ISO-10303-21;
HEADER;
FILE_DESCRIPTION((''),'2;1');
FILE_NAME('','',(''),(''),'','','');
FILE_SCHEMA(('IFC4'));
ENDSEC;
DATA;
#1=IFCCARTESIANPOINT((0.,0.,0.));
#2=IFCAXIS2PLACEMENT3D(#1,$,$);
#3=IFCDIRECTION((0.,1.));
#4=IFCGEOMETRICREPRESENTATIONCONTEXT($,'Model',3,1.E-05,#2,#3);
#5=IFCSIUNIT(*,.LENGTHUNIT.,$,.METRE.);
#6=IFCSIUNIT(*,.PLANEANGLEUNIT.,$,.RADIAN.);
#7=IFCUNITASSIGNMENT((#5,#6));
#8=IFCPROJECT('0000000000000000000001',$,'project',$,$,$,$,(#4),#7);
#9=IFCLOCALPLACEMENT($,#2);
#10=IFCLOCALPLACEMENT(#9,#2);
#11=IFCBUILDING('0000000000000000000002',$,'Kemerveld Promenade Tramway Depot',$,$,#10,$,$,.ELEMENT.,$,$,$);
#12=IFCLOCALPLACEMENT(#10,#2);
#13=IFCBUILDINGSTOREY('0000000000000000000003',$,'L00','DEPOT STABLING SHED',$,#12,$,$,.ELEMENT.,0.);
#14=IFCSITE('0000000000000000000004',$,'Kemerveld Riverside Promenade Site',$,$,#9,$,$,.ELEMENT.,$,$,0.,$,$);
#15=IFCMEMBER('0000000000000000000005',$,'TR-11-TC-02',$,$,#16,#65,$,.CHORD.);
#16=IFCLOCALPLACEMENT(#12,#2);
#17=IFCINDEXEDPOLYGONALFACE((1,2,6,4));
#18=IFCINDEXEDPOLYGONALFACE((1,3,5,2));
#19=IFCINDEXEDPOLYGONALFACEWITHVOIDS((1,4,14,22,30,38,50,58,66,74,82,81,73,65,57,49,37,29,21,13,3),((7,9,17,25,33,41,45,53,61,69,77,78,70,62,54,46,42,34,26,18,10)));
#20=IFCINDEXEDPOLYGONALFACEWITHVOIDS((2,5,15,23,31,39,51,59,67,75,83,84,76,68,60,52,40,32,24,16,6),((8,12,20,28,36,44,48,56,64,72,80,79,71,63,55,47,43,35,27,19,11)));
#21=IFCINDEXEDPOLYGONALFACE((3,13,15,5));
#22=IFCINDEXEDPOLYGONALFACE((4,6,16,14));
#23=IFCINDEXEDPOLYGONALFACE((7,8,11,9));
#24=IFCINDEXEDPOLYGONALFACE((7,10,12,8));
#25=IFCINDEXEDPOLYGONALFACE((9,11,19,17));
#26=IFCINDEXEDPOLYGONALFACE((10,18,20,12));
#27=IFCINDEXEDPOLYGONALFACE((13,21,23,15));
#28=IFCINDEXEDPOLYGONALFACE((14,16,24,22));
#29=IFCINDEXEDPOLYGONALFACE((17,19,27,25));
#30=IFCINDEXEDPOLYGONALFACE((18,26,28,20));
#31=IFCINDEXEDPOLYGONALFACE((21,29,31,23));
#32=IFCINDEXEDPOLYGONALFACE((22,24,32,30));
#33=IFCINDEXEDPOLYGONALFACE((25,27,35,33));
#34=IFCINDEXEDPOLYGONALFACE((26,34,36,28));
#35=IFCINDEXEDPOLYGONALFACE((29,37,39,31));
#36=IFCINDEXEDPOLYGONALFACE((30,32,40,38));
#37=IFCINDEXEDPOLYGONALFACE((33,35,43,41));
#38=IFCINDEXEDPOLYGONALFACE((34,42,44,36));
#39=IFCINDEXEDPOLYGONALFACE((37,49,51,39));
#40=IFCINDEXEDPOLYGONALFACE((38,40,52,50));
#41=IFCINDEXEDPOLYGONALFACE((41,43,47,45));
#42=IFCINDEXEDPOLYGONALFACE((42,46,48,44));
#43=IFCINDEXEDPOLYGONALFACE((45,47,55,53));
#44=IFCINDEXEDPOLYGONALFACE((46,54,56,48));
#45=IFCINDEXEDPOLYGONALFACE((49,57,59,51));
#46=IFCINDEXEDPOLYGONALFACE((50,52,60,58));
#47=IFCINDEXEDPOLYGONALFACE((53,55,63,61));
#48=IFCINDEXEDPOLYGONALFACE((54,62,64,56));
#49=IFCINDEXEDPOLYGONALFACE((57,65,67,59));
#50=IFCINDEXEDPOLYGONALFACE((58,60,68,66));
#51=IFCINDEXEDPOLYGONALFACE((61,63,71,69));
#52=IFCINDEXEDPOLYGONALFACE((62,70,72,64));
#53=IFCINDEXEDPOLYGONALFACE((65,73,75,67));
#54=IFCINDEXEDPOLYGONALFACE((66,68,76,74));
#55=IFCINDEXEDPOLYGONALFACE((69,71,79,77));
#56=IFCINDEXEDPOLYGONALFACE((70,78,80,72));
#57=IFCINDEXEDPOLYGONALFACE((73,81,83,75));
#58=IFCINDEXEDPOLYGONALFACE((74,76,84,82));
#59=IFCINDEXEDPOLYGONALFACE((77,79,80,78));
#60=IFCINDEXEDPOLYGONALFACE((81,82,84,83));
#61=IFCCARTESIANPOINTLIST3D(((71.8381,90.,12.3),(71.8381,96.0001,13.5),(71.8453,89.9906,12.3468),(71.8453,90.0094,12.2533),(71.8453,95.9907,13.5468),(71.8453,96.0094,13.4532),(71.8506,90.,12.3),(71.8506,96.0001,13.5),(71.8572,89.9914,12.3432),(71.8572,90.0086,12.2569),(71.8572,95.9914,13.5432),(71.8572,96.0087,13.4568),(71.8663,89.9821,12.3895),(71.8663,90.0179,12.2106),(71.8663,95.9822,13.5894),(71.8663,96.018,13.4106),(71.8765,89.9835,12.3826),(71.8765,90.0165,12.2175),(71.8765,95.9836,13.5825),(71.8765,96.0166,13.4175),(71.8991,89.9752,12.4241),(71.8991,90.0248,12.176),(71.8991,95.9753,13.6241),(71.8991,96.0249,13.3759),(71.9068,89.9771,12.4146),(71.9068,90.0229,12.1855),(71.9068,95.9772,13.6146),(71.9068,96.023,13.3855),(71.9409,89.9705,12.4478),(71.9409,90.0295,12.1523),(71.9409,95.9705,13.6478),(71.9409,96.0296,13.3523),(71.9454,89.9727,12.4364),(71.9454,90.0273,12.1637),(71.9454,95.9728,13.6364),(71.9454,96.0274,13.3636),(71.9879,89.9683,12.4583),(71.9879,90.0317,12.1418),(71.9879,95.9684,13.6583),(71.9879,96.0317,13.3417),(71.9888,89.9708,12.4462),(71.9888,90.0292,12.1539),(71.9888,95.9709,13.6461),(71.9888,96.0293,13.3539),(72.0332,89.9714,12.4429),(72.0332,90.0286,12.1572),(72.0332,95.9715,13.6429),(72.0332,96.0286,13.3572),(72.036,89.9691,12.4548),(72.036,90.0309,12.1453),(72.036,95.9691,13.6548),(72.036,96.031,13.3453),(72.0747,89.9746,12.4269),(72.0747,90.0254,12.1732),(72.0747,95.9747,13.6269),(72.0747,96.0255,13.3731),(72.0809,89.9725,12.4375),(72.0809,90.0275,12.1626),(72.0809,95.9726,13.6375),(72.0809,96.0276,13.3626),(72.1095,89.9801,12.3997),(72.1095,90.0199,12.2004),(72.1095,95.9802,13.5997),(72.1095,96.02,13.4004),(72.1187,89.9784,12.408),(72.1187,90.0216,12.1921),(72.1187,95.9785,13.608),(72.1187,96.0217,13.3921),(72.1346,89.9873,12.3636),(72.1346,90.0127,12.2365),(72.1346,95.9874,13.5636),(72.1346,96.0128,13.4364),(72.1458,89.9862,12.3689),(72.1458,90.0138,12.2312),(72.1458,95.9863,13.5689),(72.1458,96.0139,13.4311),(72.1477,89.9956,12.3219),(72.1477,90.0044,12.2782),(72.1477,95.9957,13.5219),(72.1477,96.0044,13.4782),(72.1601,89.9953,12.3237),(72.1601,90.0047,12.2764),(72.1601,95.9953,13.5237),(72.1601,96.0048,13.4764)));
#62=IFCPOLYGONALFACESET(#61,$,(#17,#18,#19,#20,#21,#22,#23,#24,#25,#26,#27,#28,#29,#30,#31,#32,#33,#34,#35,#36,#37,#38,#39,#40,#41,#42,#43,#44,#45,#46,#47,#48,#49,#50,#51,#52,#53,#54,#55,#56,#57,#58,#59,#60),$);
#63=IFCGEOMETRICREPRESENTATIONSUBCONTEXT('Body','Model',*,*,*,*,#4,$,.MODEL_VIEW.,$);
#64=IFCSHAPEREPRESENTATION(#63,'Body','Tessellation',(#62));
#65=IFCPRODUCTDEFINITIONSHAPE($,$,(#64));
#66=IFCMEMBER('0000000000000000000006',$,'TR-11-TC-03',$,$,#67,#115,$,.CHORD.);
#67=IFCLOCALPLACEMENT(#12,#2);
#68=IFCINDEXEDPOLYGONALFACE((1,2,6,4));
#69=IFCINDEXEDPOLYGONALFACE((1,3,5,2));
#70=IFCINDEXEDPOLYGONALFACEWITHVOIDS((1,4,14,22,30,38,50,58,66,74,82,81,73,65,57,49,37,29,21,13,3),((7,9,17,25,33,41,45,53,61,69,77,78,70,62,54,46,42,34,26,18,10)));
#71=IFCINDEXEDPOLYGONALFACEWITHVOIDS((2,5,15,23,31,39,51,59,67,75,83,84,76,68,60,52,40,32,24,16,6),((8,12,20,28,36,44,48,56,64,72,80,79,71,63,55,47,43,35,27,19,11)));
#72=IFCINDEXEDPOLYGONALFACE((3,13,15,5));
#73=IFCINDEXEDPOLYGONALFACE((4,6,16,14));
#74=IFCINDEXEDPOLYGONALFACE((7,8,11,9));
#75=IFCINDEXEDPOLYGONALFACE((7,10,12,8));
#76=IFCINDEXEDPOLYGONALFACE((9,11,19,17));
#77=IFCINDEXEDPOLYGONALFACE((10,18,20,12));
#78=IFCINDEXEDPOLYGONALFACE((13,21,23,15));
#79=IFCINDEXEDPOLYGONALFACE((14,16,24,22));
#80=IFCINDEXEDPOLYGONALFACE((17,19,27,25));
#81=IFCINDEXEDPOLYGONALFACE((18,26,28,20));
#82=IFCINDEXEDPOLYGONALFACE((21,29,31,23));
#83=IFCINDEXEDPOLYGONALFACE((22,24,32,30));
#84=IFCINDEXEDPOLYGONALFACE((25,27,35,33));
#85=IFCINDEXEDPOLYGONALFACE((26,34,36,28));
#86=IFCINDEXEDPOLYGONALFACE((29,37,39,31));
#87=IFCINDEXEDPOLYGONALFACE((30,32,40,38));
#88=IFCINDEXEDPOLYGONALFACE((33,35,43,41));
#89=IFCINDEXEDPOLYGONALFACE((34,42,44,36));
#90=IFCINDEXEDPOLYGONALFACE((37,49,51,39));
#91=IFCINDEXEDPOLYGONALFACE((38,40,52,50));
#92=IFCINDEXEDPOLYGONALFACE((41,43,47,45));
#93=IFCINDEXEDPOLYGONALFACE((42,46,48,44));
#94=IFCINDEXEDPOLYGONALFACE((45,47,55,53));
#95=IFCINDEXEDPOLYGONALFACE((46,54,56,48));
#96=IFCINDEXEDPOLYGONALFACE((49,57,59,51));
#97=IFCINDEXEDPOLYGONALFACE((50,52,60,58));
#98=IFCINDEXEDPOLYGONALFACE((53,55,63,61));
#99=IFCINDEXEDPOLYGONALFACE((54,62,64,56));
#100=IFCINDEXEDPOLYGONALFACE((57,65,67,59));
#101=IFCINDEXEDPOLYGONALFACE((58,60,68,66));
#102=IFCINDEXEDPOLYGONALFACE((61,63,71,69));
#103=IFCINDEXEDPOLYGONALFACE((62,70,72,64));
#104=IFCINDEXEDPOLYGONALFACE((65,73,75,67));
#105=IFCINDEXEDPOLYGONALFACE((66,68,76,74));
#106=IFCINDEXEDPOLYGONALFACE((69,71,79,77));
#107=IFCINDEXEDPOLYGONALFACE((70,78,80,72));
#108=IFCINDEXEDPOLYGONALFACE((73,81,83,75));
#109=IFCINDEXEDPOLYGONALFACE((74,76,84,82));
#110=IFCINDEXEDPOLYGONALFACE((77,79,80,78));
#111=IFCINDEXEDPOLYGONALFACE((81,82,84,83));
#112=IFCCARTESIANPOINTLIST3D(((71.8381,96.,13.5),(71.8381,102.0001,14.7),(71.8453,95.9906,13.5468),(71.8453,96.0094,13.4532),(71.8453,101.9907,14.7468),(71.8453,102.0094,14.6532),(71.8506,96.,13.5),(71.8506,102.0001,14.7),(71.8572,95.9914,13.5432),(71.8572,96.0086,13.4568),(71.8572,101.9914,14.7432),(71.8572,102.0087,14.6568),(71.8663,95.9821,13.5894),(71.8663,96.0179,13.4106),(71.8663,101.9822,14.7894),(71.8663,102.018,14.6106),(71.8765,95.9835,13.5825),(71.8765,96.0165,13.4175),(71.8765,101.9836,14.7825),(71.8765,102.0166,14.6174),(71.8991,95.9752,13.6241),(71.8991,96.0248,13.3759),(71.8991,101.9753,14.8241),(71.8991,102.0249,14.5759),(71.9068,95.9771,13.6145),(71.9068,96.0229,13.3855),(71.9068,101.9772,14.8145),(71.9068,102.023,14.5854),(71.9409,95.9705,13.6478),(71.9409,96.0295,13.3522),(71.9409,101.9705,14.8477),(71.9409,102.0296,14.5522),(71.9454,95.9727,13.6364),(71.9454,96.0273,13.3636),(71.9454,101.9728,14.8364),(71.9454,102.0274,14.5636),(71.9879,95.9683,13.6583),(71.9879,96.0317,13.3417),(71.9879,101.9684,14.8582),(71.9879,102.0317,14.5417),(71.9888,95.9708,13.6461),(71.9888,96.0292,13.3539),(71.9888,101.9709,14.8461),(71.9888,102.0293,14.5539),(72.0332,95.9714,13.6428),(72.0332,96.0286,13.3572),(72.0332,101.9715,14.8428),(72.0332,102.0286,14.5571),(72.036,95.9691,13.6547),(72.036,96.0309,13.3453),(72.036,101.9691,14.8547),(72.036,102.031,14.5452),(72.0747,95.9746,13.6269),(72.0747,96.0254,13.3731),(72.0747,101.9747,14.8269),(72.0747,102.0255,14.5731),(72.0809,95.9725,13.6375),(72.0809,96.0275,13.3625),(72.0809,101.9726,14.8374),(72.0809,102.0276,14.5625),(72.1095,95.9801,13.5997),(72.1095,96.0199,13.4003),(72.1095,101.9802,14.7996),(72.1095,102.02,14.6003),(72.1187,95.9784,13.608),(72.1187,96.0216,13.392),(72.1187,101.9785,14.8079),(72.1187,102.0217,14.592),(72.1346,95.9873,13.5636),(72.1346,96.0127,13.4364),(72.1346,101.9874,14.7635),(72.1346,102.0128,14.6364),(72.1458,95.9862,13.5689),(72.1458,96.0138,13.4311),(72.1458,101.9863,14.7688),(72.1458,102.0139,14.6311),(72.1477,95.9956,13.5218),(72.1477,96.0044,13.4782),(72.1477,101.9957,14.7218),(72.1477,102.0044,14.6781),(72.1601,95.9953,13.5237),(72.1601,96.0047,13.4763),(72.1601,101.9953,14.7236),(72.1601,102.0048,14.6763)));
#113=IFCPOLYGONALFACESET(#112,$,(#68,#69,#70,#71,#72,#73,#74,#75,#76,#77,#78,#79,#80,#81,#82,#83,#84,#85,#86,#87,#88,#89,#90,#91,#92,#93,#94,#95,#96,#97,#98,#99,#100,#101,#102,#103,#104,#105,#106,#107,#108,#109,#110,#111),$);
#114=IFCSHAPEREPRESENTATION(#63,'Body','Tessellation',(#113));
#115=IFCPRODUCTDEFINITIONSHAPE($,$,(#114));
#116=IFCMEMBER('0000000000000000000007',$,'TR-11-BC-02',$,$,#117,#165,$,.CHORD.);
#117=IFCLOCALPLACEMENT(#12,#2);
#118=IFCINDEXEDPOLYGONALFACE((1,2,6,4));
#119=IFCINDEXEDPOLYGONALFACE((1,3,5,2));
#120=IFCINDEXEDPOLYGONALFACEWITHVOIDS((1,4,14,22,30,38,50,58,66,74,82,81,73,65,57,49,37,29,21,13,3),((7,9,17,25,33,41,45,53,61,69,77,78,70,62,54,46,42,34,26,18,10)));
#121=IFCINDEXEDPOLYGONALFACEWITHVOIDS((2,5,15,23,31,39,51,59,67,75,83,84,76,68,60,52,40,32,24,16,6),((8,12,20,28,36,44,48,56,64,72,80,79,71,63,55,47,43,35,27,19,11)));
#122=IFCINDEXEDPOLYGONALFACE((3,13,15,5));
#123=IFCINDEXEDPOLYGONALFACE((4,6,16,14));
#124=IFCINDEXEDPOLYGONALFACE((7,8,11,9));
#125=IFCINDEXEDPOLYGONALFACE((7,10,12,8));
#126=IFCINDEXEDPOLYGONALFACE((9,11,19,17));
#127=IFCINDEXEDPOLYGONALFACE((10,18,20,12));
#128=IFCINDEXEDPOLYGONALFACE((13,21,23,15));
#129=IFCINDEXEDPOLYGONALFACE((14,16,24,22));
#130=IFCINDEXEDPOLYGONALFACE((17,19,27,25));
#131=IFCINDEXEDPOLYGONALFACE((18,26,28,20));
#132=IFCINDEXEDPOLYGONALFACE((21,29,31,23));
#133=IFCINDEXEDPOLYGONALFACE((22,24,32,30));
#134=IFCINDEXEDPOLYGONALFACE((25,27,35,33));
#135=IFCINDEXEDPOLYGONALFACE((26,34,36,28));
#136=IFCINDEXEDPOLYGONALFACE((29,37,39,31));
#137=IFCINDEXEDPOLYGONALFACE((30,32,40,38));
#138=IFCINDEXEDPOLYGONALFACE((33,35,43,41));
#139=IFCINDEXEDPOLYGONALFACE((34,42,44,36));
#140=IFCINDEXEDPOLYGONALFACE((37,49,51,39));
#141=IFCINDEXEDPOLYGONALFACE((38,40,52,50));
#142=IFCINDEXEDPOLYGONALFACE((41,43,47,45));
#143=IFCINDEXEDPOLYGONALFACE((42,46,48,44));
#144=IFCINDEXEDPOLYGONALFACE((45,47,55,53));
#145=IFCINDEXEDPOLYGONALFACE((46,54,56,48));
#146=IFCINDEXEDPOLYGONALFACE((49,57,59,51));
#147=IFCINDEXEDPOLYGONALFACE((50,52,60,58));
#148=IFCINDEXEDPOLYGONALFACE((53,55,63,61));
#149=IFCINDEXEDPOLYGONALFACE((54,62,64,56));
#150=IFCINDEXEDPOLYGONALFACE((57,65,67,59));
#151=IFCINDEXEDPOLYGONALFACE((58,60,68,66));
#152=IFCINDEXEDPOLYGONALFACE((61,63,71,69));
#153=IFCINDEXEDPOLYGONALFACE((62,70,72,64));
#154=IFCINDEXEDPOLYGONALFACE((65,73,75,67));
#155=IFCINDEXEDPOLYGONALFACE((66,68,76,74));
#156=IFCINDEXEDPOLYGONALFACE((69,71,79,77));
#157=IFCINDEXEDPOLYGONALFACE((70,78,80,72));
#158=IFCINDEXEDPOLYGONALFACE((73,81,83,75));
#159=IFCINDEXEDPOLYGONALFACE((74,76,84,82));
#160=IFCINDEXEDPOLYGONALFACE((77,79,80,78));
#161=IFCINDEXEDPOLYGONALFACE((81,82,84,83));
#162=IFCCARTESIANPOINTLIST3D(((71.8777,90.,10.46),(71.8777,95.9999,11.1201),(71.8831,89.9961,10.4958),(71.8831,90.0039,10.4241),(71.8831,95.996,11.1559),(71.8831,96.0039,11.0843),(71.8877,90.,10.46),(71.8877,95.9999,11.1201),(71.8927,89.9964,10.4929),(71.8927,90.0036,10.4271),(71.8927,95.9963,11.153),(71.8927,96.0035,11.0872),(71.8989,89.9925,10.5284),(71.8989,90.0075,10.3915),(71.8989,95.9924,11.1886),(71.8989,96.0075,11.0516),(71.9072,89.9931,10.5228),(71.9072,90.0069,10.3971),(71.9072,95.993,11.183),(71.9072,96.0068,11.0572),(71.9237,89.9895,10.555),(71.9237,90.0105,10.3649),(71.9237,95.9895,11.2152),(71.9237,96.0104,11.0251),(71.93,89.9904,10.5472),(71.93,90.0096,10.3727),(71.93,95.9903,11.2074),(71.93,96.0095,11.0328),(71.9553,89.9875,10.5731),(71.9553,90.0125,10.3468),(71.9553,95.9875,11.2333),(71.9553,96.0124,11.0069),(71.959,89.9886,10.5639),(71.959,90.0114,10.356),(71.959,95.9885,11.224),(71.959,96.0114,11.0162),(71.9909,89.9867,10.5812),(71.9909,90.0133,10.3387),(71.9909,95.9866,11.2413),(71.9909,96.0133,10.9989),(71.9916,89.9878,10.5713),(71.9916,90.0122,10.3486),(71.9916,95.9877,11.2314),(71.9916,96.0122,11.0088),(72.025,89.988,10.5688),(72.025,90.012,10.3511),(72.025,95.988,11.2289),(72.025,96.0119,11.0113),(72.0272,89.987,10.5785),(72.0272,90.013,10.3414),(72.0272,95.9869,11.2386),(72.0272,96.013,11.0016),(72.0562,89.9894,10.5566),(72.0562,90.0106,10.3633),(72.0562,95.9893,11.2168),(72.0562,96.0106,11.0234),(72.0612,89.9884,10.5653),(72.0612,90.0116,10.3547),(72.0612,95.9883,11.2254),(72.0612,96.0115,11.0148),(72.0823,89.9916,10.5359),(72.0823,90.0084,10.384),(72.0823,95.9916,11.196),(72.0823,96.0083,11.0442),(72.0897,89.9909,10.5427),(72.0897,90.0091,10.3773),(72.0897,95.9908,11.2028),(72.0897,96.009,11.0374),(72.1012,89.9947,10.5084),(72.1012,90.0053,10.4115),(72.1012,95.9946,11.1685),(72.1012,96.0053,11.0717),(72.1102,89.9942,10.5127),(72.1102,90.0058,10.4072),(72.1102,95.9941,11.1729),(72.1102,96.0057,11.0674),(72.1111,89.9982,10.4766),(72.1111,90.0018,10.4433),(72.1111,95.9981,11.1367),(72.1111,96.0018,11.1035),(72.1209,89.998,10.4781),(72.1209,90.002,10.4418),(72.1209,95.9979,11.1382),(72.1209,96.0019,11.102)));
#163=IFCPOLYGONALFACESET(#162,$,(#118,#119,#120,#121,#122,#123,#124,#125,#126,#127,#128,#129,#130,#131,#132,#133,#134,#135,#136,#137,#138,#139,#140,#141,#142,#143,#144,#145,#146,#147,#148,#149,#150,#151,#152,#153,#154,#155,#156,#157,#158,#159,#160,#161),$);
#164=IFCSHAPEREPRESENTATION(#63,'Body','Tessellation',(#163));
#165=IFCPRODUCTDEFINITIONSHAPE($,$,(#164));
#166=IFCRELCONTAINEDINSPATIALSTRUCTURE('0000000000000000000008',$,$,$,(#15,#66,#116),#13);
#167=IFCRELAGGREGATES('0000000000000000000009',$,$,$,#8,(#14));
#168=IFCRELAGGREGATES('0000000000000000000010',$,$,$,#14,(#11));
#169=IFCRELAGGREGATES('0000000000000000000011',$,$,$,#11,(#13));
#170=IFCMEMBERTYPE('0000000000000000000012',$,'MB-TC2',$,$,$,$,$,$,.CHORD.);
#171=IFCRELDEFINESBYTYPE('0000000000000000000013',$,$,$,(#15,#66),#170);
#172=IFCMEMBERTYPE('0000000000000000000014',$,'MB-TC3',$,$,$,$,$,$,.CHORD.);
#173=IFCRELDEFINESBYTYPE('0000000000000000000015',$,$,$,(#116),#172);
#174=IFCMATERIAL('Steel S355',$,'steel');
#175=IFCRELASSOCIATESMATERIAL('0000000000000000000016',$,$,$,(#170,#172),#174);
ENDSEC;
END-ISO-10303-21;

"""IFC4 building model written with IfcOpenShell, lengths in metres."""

from ifc_helpers import new_model, si_unit, direction, frame, origin, origin_2d, place, context, subcontext, project, spatial, hollow_circle, extrude, material, material_profile, profile_set, type_object, element, save


model = new_model("IFC4")

# Units and contexts
model_context = context("Model", 3, precision=1e-05, world=origin(), true_north=direction((0.0, 1.0)))
body_context = subcontext(model_context, "Body", "Model", "MODEL_VIEW")
ifc_project = project(units=[si_unit("LENGTHUNIT", "METRE"), si_unit("PLANEANGLEUNIT", "RADIAN")], contexts=[model_context])

# Site, building, storey
site_placement = place(None, origin())
site = spatial("IfcSite", under=ifc_project, at=site_placement, Name="Kemerveld Riverside Promenade Site", CompositionType="ELEMENT", RefElevation=0.0)
building_placement = place(site_placement, origin())
building = spatial("IfcBuilding", under=site, at=building_placement, Name="Kemerveld Promenade Tramway Depot", CompositionType="ELEMENT")
storey_placement = place(building_placement, origin())
storey = spatial("IfcBuildingStorey", under=building, at=storey_placement, Name="L00", Description="DEPOT STABLING SHED", CompositionType="ELEMENT", Elevation=0.0)

# Members
ifc_material_1 = material(Name="Steel S355", Category="steel")
ifc_material_profile_1 = material_profile(ifc_material_1, hollow_circle(Radius=0.1619, WallThickness=0.0125, at=origin_2d()), Name="323.9x12.5 CHS")
ifc_profile_set_1 = profile_set([ifc_material_profile_1], Name="Steel S355")
member_type_1 = type_object("IfcMemberType", Name="MB-TC2", PredefinedType="CHORD", material=ifc_profile_set_1)
for number, where, z_axis, x_axis, name in (
    (1, (72.0, 90.0, 12.3), (0.0, 0.980582, 0.196108), (-1.0, 0.0, 0.0), "TR-11-TC-02"),
    (2, (72.0, 96.0, 13.5), (0.0, 0.980582, 0.196108), (-1.0, 0.0, 0.0), "TR-11-TC-03"),
):
    element("IfcMember", number, at=place(storey_placement, frame(where, z_axis=z_axis, x_axis=x_axis)), inside=storey, type_object=member_type_1, Name=name, PredefinedType="CHORD", context=body_context, shape_type="SweptSolid", body=[
        extrude(hollow_circle(Radius=0.1619, WallThickness=0.0125, at=origin_2d()), origin(), (0.0, 0.0, 1.0), 6.1189),
    ])
ifc_material_profile_2 = material_profile(ifc_material_1, hollow_circle(Radius=0.1223, WallThickness=0.01, at=origin_2d()), Name="244.5x10.0 CHS")
ifc_profile_set_2 = profile_set([ifc_material_profile_2], Name="Steel S355")
member_type_2 = type_object("IfcMemberType", Name="MB-TC3", PredefinedType="CHORD", material=ifc_profile_set_2)
for number, where, z_axis, x_axis, name in (
    (3, (72.0, 90.0, 10.46), (0.0, 0.994002, 0.109366), (-1.0, 0.0, 0.0), "TR-11-BC-02"),
):
    element("IfcMember", number, at=place(storey_placement, frame(where, z_axis=z_axis, x_axis=x_axis)), inside=storey, type_object=member_type_2, Name=name, PredefinedType="CHORD", context=body_context, shape_type="SweptSolid", body=[
        extrude(hollow_circle(Radius=0.1223, WallThickness=0.01, at=origin_2d()), origin(), (0.0, 0.0, 1.0), 6.0361),
    ])

save(model, "model.ifc")
